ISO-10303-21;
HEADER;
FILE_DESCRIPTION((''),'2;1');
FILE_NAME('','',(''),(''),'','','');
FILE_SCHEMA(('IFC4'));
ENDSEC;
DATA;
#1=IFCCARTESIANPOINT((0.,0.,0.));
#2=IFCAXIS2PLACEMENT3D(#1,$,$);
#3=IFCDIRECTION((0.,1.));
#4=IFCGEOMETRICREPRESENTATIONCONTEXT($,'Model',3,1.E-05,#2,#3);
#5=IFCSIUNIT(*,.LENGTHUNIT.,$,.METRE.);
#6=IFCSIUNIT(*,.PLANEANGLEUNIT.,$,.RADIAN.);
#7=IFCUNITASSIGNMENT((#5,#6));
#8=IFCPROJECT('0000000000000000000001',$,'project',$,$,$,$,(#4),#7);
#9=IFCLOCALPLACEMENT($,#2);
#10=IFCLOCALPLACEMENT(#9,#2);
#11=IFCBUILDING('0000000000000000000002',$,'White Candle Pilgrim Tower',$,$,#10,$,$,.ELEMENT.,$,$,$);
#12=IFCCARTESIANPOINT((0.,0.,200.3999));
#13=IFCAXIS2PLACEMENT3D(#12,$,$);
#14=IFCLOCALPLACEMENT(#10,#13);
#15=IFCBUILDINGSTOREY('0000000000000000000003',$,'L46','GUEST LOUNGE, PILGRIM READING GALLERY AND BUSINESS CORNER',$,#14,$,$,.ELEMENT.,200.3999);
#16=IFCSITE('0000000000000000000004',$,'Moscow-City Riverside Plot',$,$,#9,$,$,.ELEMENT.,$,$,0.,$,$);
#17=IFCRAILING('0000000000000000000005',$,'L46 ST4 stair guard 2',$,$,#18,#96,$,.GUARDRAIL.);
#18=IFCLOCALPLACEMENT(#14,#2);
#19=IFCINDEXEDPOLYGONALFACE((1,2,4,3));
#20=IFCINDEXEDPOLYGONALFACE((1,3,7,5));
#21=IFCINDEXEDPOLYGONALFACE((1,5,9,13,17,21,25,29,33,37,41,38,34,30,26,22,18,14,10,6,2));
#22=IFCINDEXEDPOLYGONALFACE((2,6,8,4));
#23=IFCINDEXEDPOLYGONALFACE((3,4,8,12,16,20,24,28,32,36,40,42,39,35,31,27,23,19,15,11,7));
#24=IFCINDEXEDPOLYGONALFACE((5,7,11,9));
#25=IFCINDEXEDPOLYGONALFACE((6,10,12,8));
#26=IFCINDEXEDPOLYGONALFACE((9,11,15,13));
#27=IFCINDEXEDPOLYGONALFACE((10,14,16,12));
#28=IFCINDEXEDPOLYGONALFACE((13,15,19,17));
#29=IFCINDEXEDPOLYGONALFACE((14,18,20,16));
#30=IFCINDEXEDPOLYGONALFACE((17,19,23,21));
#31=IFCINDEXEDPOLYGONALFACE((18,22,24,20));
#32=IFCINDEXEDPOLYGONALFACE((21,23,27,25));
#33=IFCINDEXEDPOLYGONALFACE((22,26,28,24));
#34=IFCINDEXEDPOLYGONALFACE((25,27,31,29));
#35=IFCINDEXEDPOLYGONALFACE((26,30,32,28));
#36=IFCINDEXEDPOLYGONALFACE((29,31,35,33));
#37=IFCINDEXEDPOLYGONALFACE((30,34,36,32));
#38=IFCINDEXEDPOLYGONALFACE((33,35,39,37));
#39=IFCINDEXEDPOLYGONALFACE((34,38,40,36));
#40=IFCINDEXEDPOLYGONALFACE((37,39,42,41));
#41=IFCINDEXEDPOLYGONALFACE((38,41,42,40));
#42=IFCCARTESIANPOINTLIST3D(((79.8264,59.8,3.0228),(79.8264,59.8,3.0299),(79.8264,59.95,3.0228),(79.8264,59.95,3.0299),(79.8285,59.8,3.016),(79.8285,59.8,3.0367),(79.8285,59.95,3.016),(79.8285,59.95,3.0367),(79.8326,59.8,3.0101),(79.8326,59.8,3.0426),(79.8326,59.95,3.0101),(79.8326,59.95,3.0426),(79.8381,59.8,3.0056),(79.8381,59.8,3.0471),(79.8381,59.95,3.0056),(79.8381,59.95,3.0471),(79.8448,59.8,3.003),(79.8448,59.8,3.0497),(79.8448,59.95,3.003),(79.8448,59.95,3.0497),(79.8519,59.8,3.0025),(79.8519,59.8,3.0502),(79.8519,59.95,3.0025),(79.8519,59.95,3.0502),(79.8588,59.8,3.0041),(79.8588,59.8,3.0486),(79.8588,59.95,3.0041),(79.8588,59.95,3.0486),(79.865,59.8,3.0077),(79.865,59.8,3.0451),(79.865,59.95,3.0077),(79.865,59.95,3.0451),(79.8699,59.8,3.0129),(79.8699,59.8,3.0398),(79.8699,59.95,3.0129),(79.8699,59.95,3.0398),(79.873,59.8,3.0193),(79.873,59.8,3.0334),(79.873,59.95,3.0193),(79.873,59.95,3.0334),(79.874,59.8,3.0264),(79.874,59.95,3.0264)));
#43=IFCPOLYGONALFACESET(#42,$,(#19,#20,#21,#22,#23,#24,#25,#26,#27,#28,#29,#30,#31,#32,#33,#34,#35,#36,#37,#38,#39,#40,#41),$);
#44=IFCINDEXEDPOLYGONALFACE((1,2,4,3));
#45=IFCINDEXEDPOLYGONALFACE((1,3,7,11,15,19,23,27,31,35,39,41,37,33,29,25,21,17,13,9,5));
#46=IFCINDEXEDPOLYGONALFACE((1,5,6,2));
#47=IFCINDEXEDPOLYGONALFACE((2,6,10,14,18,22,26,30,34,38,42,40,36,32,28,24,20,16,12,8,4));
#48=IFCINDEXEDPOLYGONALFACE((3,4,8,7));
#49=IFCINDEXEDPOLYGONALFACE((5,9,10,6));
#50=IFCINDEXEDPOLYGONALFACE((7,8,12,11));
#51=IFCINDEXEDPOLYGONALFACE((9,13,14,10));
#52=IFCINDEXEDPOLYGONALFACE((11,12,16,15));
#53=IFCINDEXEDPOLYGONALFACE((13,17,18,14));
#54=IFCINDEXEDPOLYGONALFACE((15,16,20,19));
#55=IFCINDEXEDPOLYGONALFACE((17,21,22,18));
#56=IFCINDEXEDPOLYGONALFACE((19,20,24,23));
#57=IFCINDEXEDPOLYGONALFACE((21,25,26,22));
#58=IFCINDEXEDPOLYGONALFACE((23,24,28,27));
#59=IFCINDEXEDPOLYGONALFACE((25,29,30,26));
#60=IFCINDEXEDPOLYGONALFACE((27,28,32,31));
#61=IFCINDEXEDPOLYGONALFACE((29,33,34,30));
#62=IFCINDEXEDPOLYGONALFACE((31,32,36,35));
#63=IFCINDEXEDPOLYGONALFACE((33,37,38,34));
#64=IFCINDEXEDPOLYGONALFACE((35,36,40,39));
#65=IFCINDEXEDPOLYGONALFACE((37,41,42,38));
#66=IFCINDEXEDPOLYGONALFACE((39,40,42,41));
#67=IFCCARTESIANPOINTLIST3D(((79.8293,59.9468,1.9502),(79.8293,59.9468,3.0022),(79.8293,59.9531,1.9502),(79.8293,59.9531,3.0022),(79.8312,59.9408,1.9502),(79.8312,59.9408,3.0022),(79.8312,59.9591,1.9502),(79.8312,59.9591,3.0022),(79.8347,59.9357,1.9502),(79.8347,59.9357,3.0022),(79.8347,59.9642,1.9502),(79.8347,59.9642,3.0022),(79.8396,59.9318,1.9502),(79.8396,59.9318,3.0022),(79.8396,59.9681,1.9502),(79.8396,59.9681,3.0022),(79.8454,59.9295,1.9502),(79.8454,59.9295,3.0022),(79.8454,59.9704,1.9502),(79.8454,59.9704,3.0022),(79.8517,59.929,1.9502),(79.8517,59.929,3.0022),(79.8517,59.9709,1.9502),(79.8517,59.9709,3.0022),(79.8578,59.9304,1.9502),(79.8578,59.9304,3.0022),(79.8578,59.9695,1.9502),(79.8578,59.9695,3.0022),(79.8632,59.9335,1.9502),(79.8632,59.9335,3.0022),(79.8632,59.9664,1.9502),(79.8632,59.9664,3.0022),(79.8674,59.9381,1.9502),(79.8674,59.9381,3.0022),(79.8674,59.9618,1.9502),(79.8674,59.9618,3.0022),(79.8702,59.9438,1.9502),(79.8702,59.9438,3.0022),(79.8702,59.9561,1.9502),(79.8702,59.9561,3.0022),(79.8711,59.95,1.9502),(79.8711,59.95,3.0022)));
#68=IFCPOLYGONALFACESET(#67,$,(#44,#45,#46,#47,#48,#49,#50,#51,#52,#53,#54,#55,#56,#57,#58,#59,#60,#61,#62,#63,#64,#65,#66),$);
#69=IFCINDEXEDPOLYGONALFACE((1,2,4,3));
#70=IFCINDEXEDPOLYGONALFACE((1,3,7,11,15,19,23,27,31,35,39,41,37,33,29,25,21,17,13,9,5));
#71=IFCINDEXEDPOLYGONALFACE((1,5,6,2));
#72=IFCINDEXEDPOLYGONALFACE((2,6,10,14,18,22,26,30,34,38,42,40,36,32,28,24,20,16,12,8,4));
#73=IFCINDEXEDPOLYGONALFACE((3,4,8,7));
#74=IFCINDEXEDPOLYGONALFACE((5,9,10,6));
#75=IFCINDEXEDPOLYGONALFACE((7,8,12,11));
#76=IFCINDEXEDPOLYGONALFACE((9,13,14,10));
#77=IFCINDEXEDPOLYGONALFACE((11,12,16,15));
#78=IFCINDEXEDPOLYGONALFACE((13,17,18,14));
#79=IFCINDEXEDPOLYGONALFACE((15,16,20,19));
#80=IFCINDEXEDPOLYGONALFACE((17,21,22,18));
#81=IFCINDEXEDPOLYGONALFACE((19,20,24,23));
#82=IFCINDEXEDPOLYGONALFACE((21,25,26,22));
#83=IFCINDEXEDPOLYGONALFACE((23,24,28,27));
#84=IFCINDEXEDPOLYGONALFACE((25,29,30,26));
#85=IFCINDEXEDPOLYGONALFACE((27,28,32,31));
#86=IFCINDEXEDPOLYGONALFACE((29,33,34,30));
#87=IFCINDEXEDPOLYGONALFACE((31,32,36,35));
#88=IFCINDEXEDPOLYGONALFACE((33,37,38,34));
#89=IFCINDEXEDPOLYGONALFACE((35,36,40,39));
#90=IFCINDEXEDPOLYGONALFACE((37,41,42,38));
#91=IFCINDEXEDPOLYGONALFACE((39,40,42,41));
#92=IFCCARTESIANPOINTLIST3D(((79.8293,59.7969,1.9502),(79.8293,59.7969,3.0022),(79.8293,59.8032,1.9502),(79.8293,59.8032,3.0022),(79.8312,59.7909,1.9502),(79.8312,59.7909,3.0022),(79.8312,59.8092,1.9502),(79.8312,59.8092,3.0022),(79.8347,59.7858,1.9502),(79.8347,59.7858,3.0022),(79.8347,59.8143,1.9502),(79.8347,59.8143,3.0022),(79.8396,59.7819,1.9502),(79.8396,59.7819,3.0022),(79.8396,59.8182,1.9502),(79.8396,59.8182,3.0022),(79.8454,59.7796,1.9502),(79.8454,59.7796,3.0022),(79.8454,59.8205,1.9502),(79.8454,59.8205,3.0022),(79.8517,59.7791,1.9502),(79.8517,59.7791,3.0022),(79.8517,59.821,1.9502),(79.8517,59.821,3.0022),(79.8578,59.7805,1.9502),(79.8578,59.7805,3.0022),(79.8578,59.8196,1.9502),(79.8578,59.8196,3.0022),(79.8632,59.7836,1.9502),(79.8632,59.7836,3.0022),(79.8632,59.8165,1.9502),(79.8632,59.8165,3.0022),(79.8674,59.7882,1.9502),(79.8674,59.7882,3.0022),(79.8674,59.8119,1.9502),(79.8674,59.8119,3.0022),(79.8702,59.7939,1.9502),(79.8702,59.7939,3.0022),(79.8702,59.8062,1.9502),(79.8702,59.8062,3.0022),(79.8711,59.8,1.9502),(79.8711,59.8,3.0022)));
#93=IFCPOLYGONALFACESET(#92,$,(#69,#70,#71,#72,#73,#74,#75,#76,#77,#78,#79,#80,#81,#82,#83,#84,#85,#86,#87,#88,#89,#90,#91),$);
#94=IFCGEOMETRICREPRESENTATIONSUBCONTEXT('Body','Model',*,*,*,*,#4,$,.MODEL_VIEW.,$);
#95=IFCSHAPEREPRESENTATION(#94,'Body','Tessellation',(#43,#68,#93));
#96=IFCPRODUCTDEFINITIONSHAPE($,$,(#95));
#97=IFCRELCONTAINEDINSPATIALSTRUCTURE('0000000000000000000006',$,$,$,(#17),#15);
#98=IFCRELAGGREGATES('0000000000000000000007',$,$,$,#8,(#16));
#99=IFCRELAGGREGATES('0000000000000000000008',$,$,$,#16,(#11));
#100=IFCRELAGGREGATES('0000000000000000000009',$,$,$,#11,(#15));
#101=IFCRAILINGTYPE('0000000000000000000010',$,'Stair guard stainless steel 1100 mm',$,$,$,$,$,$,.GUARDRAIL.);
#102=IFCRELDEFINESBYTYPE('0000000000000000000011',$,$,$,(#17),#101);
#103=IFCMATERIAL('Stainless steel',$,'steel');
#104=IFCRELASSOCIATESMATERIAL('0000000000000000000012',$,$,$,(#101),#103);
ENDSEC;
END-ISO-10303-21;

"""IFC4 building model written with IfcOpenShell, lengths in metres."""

from ifc_helpers import new_model, si_unit, direction, frame, origin, origin_2d, place, context, subcontext, project, spatial, circle, extrude, material, type_object, element, save


model = new_model("IFC4")

# Units and contexts
model_context = context("Model", 3, precision=1e-05, world=origin(), true_north=direction((0.0, 1.0)))
body_context = subcontext(model_context, "Body", "Model", "MODEL_VIEW")
ifc_project = project(units=[si_unit("LENGTHUNIT", "METRE"), si_unit("PLANEANGLEUNIT", "RADIAN")], contexts=[model_context])

# Site, building, storey
site_placement = place(None, origin())
site = spatial("IfcSite", under=ifc_project, at=site_placement, Name="Moscow-City Riverside Plot", CompositionType="ELEMENT", RefElevation=0.0)
building_placement = place(site_placement, origin())
building = spatial("IfcBuilding", under=site, at=building_placement, Name="White Candle Pilgrim Tower", CompositionType="ELEMENT")
storey_placement = place(building_placement, frame((0.0, 0.0, 200.3999)))
storey = spatial("IfcBuildingStorey", under=building, at=storey_placement, Name="L46", Description="GUEST LOUNGE, PILGRIM READING GALLERY AND BUSINESS CORNER", CompositionType="ELEMENT", Elevation=200.3999)

# Railing
ifc_material_1 = material(Name="Stainless steel", Category="steel")
railing_type_1 = type_object("IfcRailingType", Name="Stair guard stainless steel 1100 mm", PredefinedType="GUARDRAIL", material=ifc_material_1)
railing_1_placement = place(storey_placement, frame((79.8501, 59.95, 1.9502)))
element("IfcRailing", 1, at=railing_1_placement, inside=storey, type_object=railing_type_1, Name="L46 ST4 stair guard 2", PredefinedType="GUARDRAIL", context=body_context, shape_type="SweptSolid", body=[
    extrude(circle(Radius=0.0239, at=origin_2d()), frame((0.0, 0.0, 1.0762), z_axis=(0.0, -1.0, 0.0), x_axis=(1.0, 0.0, 0.0)), (0.0, 0.0, 1.0), 0.1499),
    extrude(circle(Radius=0.021, at=origin_2d()), origin(), (0.0, 0.0, 1.0), 1.052),
    extrude(circle(Radius=0.021, at=origin_2d()), frame((0.0, -0.1499, 0.0)), (0.0, 0.0, 1.0), 1.052),
])

save(model, "model.ifc")
